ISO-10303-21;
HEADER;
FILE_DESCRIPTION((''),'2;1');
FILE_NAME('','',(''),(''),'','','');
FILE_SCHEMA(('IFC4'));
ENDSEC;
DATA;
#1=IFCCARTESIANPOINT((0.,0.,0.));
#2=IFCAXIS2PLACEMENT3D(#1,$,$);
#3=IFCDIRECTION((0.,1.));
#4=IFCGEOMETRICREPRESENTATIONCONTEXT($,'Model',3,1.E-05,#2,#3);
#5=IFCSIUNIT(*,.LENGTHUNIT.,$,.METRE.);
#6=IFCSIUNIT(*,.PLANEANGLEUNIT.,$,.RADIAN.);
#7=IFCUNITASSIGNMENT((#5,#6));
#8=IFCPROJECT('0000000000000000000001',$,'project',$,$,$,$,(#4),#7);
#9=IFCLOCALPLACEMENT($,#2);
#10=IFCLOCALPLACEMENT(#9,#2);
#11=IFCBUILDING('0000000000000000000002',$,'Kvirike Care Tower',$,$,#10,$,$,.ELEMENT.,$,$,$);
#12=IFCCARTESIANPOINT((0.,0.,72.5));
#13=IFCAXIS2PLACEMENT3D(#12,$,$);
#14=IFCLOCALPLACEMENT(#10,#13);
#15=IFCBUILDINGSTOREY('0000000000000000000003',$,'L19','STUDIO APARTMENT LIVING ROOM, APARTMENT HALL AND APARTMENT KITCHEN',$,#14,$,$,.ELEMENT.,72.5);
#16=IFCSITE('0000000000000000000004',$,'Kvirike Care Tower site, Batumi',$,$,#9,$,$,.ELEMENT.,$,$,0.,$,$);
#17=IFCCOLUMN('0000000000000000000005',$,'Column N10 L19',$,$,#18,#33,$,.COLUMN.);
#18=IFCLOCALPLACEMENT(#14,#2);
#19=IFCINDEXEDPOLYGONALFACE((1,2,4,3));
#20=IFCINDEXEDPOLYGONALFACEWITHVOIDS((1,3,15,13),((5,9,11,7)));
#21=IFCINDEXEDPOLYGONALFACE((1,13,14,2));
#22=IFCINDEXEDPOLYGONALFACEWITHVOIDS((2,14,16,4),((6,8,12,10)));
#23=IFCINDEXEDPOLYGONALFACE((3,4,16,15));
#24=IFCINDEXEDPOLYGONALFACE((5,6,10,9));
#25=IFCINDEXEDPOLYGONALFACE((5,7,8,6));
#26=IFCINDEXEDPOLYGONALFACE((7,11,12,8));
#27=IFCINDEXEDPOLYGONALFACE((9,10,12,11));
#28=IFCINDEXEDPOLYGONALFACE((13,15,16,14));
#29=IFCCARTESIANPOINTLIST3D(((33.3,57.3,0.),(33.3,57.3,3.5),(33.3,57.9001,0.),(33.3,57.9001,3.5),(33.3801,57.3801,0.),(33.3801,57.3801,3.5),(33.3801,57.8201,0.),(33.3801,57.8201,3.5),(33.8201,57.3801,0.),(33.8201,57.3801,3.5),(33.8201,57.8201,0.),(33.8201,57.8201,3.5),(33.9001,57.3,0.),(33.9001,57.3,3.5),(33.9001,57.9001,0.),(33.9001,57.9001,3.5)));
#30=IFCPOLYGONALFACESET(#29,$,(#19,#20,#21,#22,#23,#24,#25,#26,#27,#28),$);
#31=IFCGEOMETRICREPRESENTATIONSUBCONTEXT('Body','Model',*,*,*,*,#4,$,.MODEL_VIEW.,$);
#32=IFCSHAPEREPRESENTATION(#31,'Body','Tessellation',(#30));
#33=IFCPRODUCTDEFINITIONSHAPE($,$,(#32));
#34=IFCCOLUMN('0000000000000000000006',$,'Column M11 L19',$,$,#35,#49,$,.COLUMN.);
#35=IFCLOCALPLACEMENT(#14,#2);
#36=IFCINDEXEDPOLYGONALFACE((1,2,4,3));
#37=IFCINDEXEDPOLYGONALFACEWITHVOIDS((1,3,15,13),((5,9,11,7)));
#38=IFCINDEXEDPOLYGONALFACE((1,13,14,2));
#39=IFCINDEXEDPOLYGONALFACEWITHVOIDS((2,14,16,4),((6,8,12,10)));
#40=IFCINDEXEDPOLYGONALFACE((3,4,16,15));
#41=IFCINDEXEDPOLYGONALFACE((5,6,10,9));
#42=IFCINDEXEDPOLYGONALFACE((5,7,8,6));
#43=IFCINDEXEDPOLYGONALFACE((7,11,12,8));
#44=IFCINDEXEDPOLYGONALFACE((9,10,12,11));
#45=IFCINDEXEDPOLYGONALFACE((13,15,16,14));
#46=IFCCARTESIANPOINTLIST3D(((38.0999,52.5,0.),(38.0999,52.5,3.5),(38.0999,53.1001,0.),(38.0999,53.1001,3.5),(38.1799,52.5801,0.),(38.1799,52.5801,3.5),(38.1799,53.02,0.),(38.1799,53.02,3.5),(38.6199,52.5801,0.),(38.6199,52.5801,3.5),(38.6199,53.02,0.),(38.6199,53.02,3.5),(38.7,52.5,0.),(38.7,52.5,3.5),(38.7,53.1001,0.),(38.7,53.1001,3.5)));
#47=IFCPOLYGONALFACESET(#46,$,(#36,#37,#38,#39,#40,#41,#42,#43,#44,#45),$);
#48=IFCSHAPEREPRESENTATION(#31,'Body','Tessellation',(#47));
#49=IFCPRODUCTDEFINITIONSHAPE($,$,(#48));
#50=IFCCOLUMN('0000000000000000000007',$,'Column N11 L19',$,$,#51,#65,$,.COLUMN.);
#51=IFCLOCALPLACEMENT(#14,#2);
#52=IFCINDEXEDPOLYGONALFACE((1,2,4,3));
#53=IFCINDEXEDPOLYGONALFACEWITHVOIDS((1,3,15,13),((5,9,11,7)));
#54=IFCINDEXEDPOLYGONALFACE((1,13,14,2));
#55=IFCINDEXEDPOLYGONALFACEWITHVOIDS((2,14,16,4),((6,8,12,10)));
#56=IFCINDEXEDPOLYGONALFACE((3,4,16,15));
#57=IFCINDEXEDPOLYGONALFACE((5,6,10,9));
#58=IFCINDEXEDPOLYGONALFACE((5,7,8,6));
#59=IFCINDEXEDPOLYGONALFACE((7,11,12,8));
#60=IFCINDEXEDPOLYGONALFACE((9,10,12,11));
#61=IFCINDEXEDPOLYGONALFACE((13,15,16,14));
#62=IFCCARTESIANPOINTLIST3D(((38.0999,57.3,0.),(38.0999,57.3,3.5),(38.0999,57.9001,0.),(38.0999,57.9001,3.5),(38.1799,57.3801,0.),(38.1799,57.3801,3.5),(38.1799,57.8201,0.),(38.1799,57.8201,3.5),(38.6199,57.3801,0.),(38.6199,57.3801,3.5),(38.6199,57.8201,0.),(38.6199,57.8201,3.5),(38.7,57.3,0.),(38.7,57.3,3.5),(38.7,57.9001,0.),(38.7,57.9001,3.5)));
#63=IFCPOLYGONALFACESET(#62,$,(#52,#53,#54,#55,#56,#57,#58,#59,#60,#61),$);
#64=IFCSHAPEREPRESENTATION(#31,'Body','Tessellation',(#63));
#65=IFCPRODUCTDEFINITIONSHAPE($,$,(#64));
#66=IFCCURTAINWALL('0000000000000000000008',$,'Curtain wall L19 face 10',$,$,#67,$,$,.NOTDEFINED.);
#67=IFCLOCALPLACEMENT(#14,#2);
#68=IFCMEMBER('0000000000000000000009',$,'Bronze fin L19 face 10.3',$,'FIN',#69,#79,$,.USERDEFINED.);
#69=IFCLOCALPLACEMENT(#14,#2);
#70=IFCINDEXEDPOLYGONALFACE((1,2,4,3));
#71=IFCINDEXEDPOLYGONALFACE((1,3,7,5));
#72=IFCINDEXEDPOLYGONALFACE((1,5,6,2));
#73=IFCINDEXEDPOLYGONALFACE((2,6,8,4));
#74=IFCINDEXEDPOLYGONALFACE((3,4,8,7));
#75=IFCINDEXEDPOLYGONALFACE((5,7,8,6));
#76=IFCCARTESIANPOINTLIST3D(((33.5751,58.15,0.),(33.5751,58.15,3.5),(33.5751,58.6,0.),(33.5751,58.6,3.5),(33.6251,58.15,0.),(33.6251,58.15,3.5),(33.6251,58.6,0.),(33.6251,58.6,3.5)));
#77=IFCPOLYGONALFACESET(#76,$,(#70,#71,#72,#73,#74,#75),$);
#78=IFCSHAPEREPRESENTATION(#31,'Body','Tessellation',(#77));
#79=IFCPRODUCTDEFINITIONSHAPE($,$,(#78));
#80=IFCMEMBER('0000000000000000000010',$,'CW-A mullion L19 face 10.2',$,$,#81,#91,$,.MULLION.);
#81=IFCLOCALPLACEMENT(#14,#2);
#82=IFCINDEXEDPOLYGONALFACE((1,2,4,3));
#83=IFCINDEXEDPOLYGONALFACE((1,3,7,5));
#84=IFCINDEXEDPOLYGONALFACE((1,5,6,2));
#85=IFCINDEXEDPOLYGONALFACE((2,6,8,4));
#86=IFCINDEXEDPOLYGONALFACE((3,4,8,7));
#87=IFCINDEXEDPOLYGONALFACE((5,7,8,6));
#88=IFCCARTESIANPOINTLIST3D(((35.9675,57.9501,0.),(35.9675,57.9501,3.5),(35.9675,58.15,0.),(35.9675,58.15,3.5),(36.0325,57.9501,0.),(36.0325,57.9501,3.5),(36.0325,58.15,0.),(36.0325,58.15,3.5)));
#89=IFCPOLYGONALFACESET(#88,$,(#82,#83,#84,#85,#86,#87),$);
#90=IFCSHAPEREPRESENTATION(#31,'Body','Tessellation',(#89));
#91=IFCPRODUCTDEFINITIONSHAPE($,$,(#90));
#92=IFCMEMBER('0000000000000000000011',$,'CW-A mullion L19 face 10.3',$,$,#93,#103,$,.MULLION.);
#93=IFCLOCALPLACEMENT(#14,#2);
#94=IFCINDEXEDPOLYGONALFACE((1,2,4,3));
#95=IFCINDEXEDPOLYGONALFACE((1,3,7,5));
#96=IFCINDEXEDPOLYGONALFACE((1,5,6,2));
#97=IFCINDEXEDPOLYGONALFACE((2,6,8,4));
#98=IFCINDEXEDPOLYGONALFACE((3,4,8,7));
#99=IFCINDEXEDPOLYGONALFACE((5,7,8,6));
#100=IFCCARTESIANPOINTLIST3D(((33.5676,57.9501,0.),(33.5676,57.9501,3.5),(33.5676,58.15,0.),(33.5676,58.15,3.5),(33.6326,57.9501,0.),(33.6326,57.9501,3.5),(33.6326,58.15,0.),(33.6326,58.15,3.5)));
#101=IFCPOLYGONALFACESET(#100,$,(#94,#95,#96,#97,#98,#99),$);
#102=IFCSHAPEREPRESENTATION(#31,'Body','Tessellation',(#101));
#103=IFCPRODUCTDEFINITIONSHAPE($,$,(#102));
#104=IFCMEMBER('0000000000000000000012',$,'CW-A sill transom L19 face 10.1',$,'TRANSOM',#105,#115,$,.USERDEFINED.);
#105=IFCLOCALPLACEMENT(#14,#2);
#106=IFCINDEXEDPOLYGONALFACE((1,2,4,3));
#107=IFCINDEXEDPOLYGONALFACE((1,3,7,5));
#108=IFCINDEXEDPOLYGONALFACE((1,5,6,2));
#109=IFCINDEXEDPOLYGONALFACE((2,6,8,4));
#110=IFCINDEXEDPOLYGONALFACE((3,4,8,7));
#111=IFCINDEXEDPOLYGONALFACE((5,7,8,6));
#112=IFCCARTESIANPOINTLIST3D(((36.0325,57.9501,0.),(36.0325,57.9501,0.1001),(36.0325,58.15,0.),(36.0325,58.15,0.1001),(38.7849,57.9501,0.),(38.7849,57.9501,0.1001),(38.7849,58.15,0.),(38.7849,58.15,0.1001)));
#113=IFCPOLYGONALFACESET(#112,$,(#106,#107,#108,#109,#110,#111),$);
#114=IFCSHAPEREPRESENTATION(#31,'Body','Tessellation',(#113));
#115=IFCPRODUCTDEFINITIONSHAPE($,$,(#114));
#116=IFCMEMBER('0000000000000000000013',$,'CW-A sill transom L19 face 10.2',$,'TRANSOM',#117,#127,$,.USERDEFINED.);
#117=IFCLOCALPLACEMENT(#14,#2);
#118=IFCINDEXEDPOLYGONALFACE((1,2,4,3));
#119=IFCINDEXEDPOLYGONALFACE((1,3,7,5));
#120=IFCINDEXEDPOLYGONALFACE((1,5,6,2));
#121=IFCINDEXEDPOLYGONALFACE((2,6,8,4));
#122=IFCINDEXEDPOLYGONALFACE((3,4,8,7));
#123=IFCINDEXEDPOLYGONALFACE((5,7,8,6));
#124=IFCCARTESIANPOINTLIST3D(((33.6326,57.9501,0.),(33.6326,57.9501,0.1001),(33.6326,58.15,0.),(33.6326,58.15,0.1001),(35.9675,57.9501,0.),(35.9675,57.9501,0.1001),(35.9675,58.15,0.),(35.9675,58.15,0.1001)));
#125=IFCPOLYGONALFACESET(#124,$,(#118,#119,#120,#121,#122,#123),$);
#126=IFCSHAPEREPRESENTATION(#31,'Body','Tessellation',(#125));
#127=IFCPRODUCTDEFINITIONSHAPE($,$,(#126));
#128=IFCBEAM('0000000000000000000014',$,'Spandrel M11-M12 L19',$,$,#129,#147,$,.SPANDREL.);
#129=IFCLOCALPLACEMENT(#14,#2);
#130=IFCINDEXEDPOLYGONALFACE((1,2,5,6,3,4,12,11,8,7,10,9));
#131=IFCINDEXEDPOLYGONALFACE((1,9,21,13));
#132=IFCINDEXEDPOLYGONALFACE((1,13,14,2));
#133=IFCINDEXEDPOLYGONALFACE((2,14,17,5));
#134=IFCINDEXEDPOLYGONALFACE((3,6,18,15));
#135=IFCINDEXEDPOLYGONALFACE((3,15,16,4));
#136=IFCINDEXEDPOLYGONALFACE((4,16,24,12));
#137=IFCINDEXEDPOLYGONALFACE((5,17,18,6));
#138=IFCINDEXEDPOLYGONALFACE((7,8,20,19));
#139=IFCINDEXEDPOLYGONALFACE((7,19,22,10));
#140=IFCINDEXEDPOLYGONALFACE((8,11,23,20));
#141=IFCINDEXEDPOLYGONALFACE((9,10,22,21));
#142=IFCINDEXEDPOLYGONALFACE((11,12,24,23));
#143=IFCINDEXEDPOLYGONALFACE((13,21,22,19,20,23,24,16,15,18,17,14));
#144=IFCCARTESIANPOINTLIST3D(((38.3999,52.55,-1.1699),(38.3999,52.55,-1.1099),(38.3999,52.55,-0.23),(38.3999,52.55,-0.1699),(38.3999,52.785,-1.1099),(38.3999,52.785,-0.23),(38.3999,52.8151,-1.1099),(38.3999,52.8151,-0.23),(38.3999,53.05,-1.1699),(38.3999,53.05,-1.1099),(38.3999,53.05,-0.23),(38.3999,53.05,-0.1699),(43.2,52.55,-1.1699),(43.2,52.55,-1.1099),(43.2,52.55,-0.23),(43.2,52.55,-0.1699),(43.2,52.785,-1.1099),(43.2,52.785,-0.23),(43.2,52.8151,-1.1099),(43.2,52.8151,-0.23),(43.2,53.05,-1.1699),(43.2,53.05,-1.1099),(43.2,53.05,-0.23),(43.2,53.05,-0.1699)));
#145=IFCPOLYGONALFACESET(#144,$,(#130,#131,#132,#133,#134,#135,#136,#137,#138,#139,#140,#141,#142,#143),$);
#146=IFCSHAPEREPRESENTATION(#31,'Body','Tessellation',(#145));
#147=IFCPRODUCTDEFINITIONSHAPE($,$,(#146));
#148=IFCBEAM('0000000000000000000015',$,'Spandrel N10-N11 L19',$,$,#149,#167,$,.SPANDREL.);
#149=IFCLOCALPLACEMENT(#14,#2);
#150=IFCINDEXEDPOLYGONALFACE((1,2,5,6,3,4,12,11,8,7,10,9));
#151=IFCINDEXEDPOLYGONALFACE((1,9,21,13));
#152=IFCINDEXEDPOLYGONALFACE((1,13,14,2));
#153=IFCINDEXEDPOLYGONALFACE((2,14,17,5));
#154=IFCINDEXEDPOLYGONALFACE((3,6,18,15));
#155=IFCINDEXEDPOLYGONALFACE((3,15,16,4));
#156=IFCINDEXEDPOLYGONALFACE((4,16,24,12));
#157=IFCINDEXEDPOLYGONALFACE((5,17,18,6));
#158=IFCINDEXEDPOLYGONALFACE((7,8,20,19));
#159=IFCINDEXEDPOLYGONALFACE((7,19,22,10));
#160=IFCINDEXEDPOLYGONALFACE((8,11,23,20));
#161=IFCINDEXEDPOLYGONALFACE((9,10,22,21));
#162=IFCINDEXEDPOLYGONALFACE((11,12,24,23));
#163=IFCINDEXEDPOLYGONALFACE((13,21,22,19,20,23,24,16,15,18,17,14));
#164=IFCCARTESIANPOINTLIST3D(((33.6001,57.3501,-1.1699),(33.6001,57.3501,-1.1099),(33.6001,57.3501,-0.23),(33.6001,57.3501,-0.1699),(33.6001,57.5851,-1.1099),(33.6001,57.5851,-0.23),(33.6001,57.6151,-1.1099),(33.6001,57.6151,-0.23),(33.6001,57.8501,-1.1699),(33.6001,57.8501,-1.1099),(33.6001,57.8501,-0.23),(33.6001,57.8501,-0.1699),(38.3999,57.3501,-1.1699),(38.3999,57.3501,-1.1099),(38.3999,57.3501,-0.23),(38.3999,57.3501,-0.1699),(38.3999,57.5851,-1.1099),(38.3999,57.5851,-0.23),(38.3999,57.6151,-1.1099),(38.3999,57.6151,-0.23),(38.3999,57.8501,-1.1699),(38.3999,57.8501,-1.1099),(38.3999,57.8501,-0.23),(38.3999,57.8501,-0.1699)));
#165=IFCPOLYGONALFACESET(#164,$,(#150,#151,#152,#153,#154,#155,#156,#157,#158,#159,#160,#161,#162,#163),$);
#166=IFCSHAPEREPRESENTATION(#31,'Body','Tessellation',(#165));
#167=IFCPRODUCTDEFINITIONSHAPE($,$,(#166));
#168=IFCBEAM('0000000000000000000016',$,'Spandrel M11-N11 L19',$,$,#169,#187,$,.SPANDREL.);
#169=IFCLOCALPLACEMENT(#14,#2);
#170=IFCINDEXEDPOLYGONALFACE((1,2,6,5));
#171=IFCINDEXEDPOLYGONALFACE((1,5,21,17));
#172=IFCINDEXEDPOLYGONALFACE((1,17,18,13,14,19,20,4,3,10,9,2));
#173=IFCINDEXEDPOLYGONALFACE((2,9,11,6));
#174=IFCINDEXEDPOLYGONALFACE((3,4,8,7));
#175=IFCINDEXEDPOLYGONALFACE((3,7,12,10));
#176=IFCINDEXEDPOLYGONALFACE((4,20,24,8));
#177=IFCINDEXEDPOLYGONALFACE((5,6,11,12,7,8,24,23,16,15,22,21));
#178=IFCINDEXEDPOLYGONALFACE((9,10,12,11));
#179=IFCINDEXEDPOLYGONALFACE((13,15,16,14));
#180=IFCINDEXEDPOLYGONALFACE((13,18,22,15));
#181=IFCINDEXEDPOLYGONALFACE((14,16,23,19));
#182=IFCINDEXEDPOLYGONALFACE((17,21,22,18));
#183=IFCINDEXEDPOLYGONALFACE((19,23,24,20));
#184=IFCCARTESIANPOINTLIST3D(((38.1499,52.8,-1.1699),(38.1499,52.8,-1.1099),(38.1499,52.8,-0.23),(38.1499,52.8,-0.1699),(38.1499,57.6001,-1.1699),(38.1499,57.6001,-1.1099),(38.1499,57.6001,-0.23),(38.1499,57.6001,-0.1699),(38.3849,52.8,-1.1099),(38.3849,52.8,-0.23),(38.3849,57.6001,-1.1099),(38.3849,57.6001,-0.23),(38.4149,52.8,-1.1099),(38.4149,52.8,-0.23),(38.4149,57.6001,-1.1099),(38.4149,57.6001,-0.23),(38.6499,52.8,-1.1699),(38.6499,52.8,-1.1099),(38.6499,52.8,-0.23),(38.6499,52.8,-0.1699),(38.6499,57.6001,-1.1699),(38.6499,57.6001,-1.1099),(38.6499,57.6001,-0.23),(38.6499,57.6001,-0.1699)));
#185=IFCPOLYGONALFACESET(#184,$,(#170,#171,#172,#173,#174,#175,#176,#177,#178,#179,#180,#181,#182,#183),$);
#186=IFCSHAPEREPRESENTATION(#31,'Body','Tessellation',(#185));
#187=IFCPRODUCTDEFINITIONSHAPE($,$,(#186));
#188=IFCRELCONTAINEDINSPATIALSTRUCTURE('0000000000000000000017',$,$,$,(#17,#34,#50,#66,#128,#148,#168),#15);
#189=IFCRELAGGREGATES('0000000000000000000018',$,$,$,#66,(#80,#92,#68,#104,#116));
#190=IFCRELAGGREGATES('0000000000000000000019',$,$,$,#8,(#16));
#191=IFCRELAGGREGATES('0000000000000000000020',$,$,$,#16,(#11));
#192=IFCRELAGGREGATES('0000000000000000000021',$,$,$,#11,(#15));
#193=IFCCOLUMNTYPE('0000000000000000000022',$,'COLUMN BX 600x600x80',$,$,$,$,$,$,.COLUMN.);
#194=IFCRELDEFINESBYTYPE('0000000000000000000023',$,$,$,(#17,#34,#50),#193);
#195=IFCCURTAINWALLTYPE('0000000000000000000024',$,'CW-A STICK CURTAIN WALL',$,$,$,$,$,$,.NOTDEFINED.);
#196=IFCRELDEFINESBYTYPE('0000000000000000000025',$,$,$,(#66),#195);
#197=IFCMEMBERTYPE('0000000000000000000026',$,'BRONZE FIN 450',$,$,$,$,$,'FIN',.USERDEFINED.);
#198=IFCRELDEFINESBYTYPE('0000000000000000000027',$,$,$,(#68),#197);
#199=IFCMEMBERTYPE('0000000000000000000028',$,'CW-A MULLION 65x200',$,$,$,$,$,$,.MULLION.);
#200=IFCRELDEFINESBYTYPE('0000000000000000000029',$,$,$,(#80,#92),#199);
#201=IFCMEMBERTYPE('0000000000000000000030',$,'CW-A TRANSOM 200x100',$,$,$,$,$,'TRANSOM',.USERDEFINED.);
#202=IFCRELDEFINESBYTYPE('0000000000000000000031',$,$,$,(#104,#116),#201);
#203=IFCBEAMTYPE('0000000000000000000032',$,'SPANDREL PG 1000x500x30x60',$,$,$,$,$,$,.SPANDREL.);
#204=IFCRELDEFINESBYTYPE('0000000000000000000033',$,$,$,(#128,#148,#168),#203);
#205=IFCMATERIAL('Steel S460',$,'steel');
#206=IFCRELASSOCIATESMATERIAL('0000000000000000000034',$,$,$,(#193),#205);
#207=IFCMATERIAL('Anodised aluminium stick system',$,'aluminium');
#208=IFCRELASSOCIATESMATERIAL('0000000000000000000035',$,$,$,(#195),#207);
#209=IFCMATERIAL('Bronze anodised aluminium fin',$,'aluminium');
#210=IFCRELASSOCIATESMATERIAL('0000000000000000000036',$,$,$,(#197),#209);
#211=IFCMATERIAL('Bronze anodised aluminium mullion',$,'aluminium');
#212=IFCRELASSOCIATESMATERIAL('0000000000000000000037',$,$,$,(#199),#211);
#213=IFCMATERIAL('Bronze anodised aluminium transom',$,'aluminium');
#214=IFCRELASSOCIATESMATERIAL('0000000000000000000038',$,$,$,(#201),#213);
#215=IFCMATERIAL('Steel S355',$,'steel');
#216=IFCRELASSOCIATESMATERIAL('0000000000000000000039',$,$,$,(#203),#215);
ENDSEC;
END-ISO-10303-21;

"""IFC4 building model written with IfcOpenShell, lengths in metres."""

from ifc_helpers import new_model, si_unit, direction, frame, origin, origin_2d, place, context, subcontext, project, spatial, rectangle, hollow_rectangle, i_section, extrude, material, material_profile, profile_set, type_object, element, aggregate, save


model = new_model("IFC4")

# Units and contexts
model_context = context("Model", 3, precision=1e-05, world=origin(), true_north=direction((0.0, 1.0)))
body_context = subcontext(model_context, "Body", "Model", "MODEL_VIEW")
ifc_project = project(units=[si_unit("LENGTHUNIT", "METRE"), si_unit("PLANEANGLEUNIT", "RADIAN")], contexts=[model_context])

# Site, building, storey
site_placement = place(None, origin())
site = spatial("IfcSite", under=ifc_project, at=site_placement, Name="Kvirike Care Tower site, Batumi", CompositionType="ELEMENT", RefElevation=0.0)
building_placement = place(site_placement, origin())
building = spatial("IfcBuilding", under=site, at=building_placement, Name="Kvirike Care Tower", CompositionType="ELEMENT")
storey_placement = place(building_placement, frame((0.0, 0.0, 72.5)))
storey = spatial("IfcBuildingStorey", under=building, at=storey_placement, Name="L19", Description="STUDIO APARTMENT LIVING ROOM, APARTMENT HALL AND APARTMENT KITCHEN", CompositionType="ELEMENT", Elevation=72.5)

# Columns
ifc_material_1 = material(Name="Steel S460", Category="steel")
ifc_material_profile_1 = material_profile(ifc_material_1, hollow_rectangle(XDim=0.6001, YDim=0.6001, WallThickness=0.0801, at=origin_2d()), Name="BX 600x600x80")
ifc_profile_set_1 = profile_set([ifc_material_profile_1], Name="Steel S460")
column_type = type_object("IfcColumnType", Name="COLUMN BX 600x600x80", PredefinedType="COLUMN", material=ifc_profile_set_1)
for number, where, z_axis, x_axis, name in (
    (1, (33.6001, 57.6001, 0.0), (0.0, 0.0, 1.0), (0.0, 1.0, 0.0), "Column N10 L19"),
    (2, (38.3999, 52.8, 0.0), (0.0, 0.0, 1.0), (0.0, 1.0, 0.0), "Column M11 L19"),
    (3, (38.3999, 57.6001, 0.0), (0.0, 0.0, 1.0), (0.0, 1.0, 0.0), "Column N11 L19"),
):
    element("IfcColumn", number, at=place(storey_placement, frame(where, z_axis=z_axis, x_axis=x_axis)), inside=storey, type_object=column_type, Name=name, PredefinedType="COLUMN", context=body_context, shape_type="SweptSolid", body=[
        extrude(hollow_rectangle(XDim=0.6001, YDim=0.6001, WallThickness=0.0801, at=origin_2d()), origin(), (0.0, 0.0, 1.0), 3.5),
    ])

# Curtain wall, members
ifc_material_2 = material(Name="Anodised aluminium stick system", Category="aluminium")
curtain_wall_type = type_object("IfcCurtainWallType", Name="CW-A STICK CURTAIN WALL", PredefinedType="NOTDEFINED", material=ifc_material_2)
curtain_wall_placement = place(storey_placement, origin())
curtain_wall = element("IfcCurtainWall", 4, at=curtain_wall_placement, inside=storey, type_object=curtain_wall_type, Name="Curtain wall L19 face 10", PredefinedType="NOTDEFINED")
ifc_material_3 = material(Name="Bronze anodised aluminium fin", Category="aluminium")
ifc_material_profile_2 = material_profile(ifc_material_3, rectangle(XDim=0.05, YDim=0.45, at=origin_2d()), Name="BRONZE FIN 450")
ifc_profile_set_2 = profile_set([ifc_material_profile_2], Name="Bronze anodised aluminium fin")
member_type_1 = type_object("IfcMemberType", Name="BRONZE FIN 450", ElementType="FIN", PredefinedType="USERDEFINED", material=ifc_profile_set_2)
member_1_placement = place(storey_placement, frame((33.6001, 58.375, 0.0), z_axis=(0.0, 0.0, 1.0), x_axis=(-1.0, 0.0, 0.0)))
member_1 = element("IfcMember", 5, at=member_1_placement, type_object=member_type_1, Name="Bronze fin L19 face 10.3", ObjectType="FIN", PredefinedType="USERDEFINED", context=body_context, shape_type="SweptSolid", body=[
    extrude(rectangle(XDim=0.05, YDim=0.45, at=origin_2d()), origin(), (0.0, 0.0, 1.0), 3.5),
])
ifc_material_4 = material(Name="Bronze anodised aluminium mullion", Category="aluminium")
ifc_material_profile_3 = material_profile(ifc_material_4, rectangle(XDim=0.0649, YDim=0.2, at=origin_2d()), Name="CW-A MULLION 65x200")
ifc_profile_set_3 = profile_set([ifc_material_profile_3], Name="Bronze anodised aluminium mullion")
member_type_2 = type_object("IfcMemberType", Name="CW-A MULLION 65x200", PredefinedType="MULLION", material=ifc_profile_set_3)
member_2_placement = place(storey_placement, frame((36.0, 58.05, 0.0), z_axis=(0.0, 0.0, 1.0), x_axis=(-1.0, 0.0, 0.0)))
member_2 = element("IfcMember", 6, at=member_2_placement, type_object=member_type_2, Name="CW-A mullion L19 face 10.2", PredefinedType="MULLION", context=body_context, shape_type="SweptSolid", body=[
    extrude(rectangle(XDim=0.0649, YDim=0.2, at=origin_2d()), origin(), (0.0, 0.0, 1.0), 3.5),
])
member_3_placement = place(storey_placement, frame((33.6001, 58.05, 0.0), z_axis=(0.0, 0.0, 1.0), x_axis=(-1.0, 0.0, 0.0)))
member_3 = element("IfcMember", 7, at=member_3_placement, type_object=member_type_2, Name="CW-A mullion L19 face 10.3", PredefinedType="MULLION", context=body_context, shape_type="SweptSolid", body=[
    extrude(rectangle(XDim=0.0649, YDim=0.2, at=origin_2d()), origin(), (0.0, 0.0, 1.0), 3.5),
])
ifc_material_5 = material(Name="Bronze anodised aluminium transom", Category="aluminium")
ifc_material_profile_4 = material_profile(ifc_material_5, rectangle(XDim=0.2, YDim=0.1001, at=origin_2d()), Name="CW-A TRANSOM 200x100")
ifc_profile_set_4 = profile_set([ifc_material_profile_4], Name="Bronze anodised aluminium transom")
member_type_3 = type_object("IfcMemberType", Name="CW-A TRANSOM 200x100", ElementType="TRANSOM", PredefinedType="USERDEFINED", material=ifc_profile_set_4)
member_4_placement = place(storey_placement, frame((38.7849, 58.05, 0.05), z_axis=(-1.0, 0.0, 0.0), x_axis=(0.0, -1.0, 0.0)))
member_4 = element("IfcMember", 8, at=member_4_placement, type_object=member_type_3, Name="CW-A sill transom L19 face 10.1", ObjectType="TRANSOM", PredefinedType="USERDEFINED", context=body_context, shape_type="SweptSolid", body=[
    extrude(rectangle(XDim=0.2, YDim=0.1001, at=origin_2d()), origin(), (0.0, 0.0, 1.0), 2.7524),
])
member_5_placement = place(storey_placement, frame((35.9675, 58.05, 0.05), z_axis=(-1.0, 0.0, 0.0), x_axis=(0.0, -1.0, 0.0)))
member_5 = element("IfcMember", 9, at=member_5_placement, type_object=member_type_3, Name="CW-A sill transom L19 face 10.2", ObjectType="TRANSOM", PredefinedType="USERDEFINED", context=body_context, shape_type="SweptSolid", body=[
    extrude(rectangle(XDim=0.2, YDim=0.1001, at=origin_2d()), origin(), (0.0, 0.0, 1.0), 2.335),
])

# Beams
ifc_material_6 = material(Name="Steel S355", Category="steel")
ifc_material_profile_5 = material_profile(ifc_material_6, i_section(OverallWidth=0.5, OverallDepth=1.0, WebThickness=0.03, FlangeThickness=0.0601, at=origin_2d()), Name="PG 1000x500x30x60")
ifc_profile_set_5 = profile_set([ifc_material_profile_5], Name="Steel S355")
beam_type = type_object("IfcBeamType", Name="SPANDREL PG 1000x500x30x60", PredefinedType="SPANDREL", material=ifc_profile_set_5)
beam_1_placement = place(storey_placement, frame((38.3999, 52.8, -0.6699), z_axis=(1.0, 0.0, 0.0), x_axis=(0.0, 1.0, 0.0)))
element("IfcBeam", 10, at=beam_1_placement, inside=storey, type_object=beam_type, Name="Spandrel M11-M12 L19", PredefinedType="SPANDREL", context=body_context, shape_type="SweptSolid", body=[
    extrude(i_section(OverallWidth=0.5, OverallDepth=1.0, WebThickness=0.03, FlangeThickness=0.0601, at=origin_2d()), origin(), (0.0, 0.0, 1.0), 4.8),
])
beam_2_placement = place(storey_placement, frame((33.6001, 57.6001, -0.6699), z_axis=(1.0, 0.0, 0.0), x_axis=(0.0, 1.0, 0.0)))
element("IfcBeam", 11, at=beam_2_placement, inside=storey, type_object=beam_type, Name="Spandrel N10-N11 L19", PredefinedType="SPANDREL", context=body_context, shape_type="SweptSolid", body=[
    extrude(i_section(OverallWidth=0.5, OverallDepth=1.0, WebThickness=0.03, FlangeThickness=0.0601, at=origin_2d()), origin(), (0.0, 0.0, 1.0), 4.7998),
])
beam_3_placement = place(storey_placement, frame((38.3999, 52.8, -0.6699), z_axis=(0.0, 1.0, 0.0), x_axis=(-1.0, 0.0, 0.0)))
element("IfcBeam", 12, at=beam_3_placement, inside=storey, type_object=beam_type, Name="Spandrel M11-N11 L19", PredefinedType="SPANDREL", context=body_context, shape_type="SweptSolid", body=[
    extrude(i_section(OverallWidth=0.5, OverallDepth=1.0, WebThickness=0.03, FlangeThickness=0.0601, at=origin_2d()), origin(), (0.0, 0.0, 1.0), 4.8),
])

aggregate(curtain_wall, [member_2, member_3, member_1, member_4, member_5])

save(model, "model.ifc")
